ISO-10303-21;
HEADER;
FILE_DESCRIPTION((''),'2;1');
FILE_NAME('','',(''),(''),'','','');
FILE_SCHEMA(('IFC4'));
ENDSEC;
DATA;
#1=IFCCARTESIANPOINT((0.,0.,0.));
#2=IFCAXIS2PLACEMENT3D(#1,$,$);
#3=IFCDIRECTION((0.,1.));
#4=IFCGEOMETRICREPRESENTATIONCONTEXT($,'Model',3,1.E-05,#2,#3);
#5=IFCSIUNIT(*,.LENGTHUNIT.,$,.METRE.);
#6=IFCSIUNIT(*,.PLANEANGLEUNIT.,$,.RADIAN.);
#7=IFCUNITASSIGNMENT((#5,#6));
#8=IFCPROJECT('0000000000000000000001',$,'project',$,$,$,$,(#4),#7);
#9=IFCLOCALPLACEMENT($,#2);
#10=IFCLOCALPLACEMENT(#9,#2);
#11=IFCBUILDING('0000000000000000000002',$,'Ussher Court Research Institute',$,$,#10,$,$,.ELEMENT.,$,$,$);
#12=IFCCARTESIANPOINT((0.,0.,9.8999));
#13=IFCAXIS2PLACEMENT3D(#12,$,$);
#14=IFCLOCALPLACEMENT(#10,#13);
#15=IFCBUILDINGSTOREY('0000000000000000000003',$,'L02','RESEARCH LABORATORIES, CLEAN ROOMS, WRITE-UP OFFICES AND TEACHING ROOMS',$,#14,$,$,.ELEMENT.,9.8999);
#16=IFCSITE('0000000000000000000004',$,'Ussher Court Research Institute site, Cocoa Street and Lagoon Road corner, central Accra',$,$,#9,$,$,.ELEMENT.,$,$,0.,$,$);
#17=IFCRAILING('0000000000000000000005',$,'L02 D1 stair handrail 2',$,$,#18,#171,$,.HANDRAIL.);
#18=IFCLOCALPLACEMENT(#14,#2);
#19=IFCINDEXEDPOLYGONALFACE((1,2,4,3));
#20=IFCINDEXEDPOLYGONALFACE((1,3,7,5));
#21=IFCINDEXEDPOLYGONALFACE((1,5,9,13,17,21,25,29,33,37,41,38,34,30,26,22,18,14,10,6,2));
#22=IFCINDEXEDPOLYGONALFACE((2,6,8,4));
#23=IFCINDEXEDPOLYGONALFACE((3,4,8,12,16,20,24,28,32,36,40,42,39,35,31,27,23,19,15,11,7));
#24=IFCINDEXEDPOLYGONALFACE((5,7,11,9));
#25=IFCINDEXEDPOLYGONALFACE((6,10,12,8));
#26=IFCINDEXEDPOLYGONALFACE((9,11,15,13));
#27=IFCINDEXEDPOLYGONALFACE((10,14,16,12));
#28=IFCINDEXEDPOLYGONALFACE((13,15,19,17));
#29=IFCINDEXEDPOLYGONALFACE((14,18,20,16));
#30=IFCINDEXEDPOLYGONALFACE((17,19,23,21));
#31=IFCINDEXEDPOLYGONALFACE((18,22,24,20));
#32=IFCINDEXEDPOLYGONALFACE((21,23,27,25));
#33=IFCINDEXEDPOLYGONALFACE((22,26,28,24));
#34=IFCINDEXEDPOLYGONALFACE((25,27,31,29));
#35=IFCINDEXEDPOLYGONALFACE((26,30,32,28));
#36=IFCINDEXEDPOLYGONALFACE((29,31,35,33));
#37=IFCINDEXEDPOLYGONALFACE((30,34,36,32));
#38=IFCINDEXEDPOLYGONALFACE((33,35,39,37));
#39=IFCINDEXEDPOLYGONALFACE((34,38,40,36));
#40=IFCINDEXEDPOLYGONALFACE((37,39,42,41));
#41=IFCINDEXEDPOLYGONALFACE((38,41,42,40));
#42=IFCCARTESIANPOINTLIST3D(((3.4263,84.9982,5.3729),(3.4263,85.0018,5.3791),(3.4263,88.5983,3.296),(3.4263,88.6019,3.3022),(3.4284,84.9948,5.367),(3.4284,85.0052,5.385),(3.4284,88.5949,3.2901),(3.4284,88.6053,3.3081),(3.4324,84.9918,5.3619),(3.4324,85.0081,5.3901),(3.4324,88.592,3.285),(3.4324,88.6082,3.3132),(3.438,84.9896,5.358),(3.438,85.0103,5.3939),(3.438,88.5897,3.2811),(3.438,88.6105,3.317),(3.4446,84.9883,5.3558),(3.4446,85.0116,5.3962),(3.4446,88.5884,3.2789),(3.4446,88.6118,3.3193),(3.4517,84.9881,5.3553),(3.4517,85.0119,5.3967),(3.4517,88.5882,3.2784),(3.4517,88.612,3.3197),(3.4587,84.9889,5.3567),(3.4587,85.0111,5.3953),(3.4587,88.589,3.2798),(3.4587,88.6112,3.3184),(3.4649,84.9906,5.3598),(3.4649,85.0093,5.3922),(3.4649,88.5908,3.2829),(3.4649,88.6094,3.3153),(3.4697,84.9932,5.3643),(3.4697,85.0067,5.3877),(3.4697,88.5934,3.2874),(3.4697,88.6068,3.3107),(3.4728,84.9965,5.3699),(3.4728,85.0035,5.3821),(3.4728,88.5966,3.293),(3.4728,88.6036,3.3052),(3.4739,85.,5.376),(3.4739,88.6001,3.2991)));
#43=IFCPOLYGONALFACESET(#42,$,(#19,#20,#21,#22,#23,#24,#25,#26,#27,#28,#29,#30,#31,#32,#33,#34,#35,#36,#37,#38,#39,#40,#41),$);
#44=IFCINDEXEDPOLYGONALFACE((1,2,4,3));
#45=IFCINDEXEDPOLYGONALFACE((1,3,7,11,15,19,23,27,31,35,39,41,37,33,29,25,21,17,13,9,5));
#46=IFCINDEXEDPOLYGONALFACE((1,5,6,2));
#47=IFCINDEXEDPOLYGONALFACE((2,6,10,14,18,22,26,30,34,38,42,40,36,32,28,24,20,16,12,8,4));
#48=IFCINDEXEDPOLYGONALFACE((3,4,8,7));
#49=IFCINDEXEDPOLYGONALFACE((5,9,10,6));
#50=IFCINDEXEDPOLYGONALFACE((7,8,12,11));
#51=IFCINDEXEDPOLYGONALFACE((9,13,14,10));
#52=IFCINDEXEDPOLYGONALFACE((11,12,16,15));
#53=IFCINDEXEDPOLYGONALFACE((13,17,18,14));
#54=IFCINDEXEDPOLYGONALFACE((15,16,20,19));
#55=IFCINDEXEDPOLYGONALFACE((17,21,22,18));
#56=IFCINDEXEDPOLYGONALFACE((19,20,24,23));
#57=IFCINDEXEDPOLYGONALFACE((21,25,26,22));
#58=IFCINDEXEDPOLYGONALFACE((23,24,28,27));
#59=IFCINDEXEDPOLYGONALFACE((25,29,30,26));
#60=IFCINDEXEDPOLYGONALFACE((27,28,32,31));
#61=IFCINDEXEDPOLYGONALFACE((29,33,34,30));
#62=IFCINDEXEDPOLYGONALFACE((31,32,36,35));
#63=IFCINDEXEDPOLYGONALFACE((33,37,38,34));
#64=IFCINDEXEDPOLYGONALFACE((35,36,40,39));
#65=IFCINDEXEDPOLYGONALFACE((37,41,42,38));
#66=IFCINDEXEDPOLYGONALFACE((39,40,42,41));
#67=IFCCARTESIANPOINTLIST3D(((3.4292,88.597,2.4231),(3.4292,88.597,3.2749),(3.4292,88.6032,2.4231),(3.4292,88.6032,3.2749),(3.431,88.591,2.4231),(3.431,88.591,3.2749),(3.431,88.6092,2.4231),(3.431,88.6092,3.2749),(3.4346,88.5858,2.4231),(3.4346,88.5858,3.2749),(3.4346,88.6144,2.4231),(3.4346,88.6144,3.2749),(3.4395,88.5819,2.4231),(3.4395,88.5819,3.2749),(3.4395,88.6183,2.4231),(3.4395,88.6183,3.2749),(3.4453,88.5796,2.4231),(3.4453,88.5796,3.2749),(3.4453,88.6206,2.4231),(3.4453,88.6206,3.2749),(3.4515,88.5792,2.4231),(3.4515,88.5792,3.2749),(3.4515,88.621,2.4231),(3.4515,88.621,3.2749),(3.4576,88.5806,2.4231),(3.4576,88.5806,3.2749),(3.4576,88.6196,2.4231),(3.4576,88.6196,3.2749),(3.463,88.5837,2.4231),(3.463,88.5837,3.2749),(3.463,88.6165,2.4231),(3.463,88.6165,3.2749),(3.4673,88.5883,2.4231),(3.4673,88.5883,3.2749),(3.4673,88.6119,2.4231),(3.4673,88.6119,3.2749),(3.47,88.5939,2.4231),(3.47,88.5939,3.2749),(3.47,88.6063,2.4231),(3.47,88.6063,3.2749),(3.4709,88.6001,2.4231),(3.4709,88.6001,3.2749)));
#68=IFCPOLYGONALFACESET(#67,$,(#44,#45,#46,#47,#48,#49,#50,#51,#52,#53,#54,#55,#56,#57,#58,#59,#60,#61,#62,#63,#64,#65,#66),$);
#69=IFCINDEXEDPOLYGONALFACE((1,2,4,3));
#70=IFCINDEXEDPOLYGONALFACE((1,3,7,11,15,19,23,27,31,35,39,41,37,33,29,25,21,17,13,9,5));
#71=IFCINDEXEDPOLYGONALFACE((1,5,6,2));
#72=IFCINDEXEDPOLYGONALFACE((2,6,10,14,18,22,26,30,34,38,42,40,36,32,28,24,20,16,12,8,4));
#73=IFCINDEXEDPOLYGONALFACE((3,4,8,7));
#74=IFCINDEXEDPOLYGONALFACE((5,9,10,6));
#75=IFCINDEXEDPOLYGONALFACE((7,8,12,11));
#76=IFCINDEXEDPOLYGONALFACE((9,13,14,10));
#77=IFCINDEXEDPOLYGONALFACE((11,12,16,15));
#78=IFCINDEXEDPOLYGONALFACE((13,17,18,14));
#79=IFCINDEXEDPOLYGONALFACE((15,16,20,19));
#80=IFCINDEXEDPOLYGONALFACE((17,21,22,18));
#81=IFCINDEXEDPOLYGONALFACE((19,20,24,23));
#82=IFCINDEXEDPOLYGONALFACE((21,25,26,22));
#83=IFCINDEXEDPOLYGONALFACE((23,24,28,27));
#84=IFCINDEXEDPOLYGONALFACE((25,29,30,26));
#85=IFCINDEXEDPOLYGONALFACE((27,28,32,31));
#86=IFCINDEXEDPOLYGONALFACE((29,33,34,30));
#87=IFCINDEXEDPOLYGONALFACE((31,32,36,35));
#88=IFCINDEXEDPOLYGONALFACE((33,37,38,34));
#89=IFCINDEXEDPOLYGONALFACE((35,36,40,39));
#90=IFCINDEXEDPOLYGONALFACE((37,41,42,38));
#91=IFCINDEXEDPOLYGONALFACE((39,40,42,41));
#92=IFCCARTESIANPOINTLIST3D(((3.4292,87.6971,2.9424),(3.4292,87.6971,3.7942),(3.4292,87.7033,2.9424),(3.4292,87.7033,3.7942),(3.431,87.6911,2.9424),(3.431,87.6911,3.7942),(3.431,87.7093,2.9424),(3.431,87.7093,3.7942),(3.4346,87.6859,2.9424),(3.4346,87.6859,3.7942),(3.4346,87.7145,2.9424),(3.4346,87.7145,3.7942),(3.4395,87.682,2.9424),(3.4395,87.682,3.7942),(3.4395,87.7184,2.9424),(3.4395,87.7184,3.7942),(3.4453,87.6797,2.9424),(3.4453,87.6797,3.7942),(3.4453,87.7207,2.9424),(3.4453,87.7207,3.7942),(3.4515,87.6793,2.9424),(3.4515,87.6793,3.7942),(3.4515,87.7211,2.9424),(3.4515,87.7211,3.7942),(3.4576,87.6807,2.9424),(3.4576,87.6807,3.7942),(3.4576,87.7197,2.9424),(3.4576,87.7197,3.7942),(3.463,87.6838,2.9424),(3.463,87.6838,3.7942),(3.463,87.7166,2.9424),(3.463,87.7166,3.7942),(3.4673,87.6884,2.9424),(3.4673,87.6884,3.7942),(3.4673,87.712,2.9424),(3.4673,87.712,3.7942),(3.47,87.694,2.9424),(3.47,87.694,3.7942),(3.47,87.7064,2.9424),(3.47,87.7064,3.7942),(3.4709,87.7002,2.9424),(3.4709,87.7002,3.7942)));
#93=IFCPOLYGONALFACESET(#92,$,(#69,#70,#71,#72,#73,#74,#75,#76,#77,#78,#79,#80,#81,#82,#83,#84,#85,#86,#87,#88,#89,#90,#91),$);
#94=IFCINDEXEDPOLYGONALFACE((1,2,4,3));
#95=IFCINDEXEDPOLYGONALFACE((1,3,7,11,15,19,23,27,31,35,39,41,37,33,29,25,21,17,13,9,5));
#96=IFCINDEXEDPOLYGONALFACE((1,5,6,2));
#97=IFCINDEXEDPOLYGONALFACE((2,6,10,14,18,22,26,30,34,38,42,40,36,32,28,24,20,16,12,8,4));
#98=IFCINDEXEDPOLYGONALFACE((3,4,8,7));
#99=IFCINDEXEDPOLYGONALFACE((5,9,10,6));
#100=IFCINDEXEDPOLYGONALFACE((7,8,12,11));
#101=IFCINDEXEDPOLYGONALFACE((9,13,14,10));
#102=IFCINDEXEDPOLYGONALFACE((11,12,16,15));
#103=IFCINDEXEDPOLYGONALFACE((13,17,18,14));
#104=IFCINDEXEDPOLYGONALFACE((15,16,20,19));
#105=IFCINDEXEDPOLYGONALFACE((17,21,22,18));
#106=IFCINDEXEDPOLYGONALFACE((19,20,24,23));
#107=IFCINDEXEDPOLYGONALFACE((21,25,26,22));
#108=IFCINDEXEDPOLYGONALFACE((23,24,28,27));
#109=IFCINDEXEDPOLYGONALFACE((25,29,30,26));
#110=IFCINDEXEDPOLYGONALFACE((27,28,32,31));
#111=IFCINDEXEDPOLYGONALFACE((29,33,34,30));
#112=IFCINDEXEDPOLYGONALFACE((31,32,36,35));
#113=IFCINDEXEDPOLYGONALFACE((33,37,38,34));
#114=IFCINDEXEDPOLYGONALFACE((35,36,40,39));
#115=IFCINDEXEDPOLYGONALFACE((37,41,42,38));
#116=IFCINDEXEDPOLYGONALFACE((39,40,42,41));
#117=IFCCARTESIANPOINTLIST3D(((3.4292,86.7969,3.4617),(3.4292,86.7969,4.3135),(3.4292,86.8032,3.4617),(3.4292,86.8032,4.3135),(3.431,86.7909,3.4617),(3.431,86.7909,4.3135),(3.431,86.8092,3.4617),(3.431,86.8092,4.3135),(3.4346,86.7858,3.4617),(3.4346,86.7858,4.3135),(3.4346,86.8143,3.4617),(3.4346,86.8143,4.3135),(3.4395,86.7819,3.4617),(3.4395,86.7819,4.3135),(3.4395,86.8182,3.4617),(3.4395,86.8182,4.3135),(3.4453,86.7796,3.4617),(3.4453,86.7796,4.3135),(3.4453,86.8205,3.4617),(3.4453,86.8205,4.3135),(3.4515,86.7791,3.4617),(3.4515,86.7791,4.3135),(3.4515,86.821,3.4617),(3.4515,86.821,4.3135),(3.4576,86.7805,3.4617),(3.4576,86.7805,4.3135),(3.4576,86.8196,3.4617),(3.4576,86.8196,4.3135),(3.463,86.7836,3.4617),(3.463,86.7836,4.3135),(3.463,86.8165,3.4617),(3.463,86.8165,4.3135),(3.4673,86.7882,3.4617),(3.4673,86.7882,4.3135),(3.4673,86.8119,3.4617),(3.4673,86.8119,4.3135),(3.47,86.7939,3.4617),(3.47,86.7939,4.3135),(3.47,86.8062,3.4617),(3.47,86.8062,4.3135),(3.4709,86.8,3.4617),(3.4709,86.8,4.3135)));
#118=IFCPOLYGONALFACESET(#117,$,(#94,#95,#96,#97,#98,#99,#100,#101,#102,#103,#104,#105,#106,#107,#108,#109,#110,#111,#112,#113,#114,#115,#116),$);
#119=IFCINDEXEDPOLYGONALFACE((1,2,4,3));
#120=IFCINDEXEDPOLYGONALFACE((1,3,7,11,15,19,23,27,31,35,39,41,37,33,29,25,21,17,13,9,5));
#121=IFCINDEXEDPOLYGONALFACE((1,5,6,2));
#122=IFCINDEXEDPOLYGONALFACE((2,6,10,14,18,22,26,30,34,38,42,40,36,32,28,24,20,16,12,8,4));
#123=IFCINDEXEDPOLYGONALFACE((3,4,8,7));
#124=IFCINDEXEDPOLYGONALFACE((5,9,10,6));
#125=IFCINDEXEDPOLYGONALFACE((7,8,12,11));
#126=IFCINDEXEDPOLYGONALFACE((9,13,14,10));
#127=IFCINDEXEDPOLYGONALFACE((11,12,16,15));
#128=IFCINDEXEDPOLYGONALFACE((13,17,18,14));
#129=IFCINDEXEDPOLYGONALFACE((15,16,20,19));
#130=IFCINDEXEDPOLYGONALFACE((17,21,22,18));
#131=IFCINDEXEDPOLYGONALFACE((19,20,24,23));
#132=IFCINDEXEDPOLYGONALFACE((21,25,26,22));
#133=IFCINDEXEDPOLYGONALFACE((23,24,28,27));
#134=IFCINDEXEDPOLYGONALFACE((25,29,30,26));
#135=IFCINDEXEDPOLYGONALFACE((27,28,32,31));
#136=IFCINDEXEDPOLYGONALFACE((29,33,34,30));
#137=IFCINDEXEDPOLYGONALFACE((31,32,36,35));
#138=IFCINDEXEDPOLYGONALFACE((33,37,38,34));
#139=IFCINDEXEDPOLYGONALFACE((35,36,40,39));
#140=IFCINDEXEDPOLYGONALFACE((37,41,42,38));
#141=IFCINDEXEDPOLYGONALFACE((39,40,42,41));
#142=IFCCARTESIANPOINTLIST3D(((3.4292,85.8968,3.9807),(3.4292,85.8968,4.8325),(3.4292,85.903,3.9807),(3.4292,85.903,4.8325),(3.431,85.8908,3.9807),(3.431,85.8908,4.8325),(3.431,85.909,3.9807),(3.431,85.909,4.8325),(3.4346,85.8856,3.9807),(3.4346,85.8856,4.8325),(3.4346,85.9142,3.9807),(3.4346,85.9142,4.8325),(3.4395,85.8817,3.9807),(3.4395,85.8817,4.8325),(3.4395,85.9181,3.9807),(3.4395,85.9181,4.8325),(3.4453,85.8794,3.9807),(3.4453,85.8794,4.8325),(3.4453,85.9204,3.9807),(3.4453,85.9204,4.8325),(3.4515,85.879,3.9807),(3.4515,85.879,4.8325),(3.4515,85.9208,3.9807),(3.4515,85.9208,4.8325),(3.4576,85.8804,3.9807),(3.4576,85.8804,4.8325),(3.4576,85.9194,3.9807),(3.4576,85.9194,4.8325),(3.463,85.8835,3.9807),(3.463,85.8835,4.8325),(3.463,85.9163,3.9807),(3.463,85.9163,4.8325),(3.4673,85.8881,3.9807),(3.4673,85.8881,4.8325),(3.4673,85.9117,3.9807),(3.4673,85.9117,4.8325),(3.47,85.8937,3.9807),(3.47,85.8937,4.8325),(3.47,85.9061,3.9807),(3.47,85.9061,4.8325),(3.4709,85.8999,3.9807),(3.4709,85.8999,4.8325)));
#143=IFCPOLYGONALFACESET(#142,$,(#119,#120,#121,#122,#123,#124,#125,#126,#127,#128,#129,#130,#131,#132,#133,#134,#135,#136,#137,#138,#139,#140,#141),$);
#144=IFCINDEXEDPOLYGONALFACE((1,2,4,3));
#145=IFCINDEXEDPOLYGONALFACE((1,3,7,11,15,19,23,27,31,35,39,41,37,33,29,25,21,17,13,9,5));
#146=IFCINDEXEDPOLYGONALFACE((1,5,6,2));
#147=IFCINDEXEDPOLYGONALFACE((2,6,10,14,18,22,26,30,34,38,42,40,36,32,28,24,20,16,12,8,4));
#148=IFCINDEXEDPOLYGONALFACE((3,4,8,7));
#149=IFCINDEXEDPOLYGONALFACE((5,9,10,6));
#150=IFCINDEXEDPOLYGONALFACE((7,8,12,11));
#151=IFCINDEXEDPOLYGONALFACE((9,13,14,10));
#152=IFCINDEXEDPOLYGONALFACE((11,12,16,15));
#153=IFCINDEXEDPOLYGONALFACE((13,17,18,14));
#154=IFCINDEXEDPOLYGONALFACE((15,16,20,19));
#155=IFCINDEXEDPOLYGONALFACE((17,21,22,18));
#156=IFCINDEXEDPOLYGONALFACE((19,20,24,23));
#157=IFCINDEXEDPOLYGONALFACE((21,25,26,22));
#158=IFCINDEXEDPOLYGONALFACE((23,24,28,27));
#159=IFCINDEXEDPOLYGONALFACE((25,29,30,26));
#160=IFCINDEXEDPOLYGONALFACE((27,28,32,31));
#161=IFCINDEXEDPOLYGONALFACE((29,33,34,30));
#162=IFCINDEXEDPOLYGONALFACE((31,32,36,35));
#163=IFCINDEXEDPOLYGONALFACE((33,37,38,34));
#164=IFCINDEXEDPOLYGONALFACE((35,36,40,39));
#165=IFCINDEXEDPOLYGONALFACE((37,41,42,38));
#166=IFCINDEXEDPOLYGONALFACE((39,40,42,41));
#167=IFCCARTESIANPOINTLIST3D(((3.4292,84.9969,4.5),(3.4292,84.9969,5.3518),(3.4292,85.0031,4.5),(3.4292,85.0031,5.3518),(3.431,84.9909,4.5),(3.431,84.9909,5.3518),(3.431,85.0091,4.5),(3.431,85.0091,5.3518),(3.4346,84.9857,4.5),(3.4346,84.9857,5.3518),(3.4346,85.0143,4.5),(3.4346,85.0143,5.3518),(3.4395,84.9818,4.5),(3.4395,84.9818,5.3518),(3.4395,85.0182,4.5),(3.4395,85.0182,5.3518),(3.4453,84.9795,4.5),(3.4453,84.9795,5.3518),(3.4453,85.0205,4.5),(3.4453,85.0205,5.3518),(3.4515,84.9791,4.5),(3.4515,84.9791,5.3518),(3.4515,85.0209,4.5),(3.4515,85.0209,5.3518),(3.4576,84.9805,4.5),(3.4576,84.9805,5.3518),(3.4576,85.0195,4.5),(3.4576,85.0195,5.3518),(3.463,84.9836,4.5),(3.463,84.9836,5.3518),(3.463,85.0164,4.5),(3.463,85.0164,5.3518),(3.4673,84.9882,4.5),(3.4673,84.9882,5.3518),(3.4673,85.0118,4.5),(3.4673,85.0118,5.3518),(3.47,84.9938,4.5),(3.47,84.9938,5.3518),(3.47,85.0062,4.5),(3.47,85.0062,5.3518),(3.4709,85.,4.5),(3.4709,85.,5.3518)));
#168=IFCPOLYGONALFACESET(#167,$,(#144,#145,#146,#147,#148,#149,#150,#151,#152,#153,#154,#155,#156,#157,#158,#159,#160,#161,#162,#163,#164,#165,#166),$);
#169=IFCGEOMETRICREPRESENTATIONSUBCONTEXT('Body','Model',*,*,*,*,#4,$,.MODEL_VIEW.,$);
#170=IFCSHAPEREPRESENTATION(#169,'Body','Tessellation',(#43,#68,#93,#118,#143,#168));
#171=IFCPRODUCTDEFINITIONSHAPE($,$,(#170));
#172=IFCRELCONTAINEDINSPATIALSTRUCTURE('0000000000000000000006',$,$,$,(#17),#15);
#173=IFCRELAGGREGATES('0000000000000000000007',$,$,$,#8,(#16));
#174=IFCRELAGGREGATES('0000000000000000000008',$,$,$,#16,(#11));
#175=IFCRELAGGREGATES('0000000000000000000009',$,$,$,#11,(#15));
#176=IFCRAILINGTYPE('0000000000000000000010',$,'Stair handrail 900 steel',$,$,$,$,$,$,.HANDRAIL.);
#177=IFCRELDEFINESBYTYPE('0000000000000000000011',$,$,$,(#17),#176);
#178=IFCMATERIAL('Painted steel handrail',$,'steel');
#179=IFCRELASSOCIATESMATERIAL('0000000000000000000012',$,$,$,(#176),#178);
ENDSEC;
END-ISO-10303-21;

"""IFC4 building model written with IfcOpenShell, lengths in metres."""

from ifc_helpers import new_model, si_unit, direction, frame, origin, origin_2d, place, context, subcontext, project, spatial, circle, extrude, material, type_object, element, save


model = new_model("IFC4")

# Units and contexts
model_context = context("Model", 3, precision=1e-05, world=origin(), true_north=direction((0.0, 1.0)))
body_context = subcontext(model_context, "Body", "Model", "MODEL_VIEW")
ifc_project = project(units=[si_unit("LENGTHUNIT", "METRE"), si_unit("PLANEANGLEUNIT", "RADIAN")], contexts=[model_context])

# Site, building, storey
site_placement = place(None, origin())
site = spatial("IfcSite", under=ifc_project, at=site_placement, Name="Ussher Court Research Institute site, Cocoa Street and Lagoon Road corner, central Accra", CompositionType="ELEMENT", RefElevation=0.0)
building_placement = place(site_placement, origin())
building = spatial("IfcBuilding", under=site, at=building_placement, Name="Ussher Court Research Institute", CompositionType="ELEMENT")
storey_placement = place(building_placement, frame((0.0, 0.0, 9.8999)))
storey = spatial("IfcBuildingStorey", under=building, at=storey_placement, Name="L02", Description="RESEARCH LABORATORIES, CLEAN ROOMS, WRITE-UP OFFICES AND TEACHING ROOMS", CompositionType="ELEMENT", Elevation=9.8999)

# Railing
ifc_material_1 = material(Name="Painted steel handrail", Category="steel")
railing_type_1 = type_object("IfcRailingType", Name="Stair handrail 900 steel", PredefinedType="HANDRAIL", material=ifc_material_1)
railing_1_placement = place(storey_placement, frame((3.45, 88.6001, 2.4231)))
element("IfcRailing", 1, at=railing_1_placement, inside=storey, type_object=railing_type_1, Name="L02 D1 stair handrail 2", PredefinedType="HANDRAIL", context=body_context, shape_type="SweptSolid", body=[
    extrude(circle(Radius=0.0239, at=origin_2d()), frame((0.0, 0.0, 0.876), z_axis=(0.0, -0.866193, 0.499709), x_axis=(1.0, 0.0, 0.0)), (0.0, 0.0, 1.0), 4.1562),
    extrude(circle(Radius=0.021, at=origin_2d()), origin(), (0.0, 0.0, 1.0), 0.8518),
    extrude(circle(Radius=0.021, at=origin_2d()), frame((0.0, -0.8999, 0.5193)), (0.0, 0.0, 1.0), 0.8518),
    extrude(circle(Radius=0.021, at=origin_2d()), frame((0.0, -1.8, 1.0386)), (0.0, 0.0, 1.0), 0.8518),
    extrude(circle(Radius=0.021, at=origin_2d()), frame((0.0, -2.7002, 1.5576)), (0.0, 0.0, 1.0), 0.8518),
    extrude(circle(Radius=0.021, at=origin_2d()), frame((0.0, -3.6001, 2.0769)), (0.0, 0.0, 1.0), 0.8518),
])

save(model, "model.ifc")
